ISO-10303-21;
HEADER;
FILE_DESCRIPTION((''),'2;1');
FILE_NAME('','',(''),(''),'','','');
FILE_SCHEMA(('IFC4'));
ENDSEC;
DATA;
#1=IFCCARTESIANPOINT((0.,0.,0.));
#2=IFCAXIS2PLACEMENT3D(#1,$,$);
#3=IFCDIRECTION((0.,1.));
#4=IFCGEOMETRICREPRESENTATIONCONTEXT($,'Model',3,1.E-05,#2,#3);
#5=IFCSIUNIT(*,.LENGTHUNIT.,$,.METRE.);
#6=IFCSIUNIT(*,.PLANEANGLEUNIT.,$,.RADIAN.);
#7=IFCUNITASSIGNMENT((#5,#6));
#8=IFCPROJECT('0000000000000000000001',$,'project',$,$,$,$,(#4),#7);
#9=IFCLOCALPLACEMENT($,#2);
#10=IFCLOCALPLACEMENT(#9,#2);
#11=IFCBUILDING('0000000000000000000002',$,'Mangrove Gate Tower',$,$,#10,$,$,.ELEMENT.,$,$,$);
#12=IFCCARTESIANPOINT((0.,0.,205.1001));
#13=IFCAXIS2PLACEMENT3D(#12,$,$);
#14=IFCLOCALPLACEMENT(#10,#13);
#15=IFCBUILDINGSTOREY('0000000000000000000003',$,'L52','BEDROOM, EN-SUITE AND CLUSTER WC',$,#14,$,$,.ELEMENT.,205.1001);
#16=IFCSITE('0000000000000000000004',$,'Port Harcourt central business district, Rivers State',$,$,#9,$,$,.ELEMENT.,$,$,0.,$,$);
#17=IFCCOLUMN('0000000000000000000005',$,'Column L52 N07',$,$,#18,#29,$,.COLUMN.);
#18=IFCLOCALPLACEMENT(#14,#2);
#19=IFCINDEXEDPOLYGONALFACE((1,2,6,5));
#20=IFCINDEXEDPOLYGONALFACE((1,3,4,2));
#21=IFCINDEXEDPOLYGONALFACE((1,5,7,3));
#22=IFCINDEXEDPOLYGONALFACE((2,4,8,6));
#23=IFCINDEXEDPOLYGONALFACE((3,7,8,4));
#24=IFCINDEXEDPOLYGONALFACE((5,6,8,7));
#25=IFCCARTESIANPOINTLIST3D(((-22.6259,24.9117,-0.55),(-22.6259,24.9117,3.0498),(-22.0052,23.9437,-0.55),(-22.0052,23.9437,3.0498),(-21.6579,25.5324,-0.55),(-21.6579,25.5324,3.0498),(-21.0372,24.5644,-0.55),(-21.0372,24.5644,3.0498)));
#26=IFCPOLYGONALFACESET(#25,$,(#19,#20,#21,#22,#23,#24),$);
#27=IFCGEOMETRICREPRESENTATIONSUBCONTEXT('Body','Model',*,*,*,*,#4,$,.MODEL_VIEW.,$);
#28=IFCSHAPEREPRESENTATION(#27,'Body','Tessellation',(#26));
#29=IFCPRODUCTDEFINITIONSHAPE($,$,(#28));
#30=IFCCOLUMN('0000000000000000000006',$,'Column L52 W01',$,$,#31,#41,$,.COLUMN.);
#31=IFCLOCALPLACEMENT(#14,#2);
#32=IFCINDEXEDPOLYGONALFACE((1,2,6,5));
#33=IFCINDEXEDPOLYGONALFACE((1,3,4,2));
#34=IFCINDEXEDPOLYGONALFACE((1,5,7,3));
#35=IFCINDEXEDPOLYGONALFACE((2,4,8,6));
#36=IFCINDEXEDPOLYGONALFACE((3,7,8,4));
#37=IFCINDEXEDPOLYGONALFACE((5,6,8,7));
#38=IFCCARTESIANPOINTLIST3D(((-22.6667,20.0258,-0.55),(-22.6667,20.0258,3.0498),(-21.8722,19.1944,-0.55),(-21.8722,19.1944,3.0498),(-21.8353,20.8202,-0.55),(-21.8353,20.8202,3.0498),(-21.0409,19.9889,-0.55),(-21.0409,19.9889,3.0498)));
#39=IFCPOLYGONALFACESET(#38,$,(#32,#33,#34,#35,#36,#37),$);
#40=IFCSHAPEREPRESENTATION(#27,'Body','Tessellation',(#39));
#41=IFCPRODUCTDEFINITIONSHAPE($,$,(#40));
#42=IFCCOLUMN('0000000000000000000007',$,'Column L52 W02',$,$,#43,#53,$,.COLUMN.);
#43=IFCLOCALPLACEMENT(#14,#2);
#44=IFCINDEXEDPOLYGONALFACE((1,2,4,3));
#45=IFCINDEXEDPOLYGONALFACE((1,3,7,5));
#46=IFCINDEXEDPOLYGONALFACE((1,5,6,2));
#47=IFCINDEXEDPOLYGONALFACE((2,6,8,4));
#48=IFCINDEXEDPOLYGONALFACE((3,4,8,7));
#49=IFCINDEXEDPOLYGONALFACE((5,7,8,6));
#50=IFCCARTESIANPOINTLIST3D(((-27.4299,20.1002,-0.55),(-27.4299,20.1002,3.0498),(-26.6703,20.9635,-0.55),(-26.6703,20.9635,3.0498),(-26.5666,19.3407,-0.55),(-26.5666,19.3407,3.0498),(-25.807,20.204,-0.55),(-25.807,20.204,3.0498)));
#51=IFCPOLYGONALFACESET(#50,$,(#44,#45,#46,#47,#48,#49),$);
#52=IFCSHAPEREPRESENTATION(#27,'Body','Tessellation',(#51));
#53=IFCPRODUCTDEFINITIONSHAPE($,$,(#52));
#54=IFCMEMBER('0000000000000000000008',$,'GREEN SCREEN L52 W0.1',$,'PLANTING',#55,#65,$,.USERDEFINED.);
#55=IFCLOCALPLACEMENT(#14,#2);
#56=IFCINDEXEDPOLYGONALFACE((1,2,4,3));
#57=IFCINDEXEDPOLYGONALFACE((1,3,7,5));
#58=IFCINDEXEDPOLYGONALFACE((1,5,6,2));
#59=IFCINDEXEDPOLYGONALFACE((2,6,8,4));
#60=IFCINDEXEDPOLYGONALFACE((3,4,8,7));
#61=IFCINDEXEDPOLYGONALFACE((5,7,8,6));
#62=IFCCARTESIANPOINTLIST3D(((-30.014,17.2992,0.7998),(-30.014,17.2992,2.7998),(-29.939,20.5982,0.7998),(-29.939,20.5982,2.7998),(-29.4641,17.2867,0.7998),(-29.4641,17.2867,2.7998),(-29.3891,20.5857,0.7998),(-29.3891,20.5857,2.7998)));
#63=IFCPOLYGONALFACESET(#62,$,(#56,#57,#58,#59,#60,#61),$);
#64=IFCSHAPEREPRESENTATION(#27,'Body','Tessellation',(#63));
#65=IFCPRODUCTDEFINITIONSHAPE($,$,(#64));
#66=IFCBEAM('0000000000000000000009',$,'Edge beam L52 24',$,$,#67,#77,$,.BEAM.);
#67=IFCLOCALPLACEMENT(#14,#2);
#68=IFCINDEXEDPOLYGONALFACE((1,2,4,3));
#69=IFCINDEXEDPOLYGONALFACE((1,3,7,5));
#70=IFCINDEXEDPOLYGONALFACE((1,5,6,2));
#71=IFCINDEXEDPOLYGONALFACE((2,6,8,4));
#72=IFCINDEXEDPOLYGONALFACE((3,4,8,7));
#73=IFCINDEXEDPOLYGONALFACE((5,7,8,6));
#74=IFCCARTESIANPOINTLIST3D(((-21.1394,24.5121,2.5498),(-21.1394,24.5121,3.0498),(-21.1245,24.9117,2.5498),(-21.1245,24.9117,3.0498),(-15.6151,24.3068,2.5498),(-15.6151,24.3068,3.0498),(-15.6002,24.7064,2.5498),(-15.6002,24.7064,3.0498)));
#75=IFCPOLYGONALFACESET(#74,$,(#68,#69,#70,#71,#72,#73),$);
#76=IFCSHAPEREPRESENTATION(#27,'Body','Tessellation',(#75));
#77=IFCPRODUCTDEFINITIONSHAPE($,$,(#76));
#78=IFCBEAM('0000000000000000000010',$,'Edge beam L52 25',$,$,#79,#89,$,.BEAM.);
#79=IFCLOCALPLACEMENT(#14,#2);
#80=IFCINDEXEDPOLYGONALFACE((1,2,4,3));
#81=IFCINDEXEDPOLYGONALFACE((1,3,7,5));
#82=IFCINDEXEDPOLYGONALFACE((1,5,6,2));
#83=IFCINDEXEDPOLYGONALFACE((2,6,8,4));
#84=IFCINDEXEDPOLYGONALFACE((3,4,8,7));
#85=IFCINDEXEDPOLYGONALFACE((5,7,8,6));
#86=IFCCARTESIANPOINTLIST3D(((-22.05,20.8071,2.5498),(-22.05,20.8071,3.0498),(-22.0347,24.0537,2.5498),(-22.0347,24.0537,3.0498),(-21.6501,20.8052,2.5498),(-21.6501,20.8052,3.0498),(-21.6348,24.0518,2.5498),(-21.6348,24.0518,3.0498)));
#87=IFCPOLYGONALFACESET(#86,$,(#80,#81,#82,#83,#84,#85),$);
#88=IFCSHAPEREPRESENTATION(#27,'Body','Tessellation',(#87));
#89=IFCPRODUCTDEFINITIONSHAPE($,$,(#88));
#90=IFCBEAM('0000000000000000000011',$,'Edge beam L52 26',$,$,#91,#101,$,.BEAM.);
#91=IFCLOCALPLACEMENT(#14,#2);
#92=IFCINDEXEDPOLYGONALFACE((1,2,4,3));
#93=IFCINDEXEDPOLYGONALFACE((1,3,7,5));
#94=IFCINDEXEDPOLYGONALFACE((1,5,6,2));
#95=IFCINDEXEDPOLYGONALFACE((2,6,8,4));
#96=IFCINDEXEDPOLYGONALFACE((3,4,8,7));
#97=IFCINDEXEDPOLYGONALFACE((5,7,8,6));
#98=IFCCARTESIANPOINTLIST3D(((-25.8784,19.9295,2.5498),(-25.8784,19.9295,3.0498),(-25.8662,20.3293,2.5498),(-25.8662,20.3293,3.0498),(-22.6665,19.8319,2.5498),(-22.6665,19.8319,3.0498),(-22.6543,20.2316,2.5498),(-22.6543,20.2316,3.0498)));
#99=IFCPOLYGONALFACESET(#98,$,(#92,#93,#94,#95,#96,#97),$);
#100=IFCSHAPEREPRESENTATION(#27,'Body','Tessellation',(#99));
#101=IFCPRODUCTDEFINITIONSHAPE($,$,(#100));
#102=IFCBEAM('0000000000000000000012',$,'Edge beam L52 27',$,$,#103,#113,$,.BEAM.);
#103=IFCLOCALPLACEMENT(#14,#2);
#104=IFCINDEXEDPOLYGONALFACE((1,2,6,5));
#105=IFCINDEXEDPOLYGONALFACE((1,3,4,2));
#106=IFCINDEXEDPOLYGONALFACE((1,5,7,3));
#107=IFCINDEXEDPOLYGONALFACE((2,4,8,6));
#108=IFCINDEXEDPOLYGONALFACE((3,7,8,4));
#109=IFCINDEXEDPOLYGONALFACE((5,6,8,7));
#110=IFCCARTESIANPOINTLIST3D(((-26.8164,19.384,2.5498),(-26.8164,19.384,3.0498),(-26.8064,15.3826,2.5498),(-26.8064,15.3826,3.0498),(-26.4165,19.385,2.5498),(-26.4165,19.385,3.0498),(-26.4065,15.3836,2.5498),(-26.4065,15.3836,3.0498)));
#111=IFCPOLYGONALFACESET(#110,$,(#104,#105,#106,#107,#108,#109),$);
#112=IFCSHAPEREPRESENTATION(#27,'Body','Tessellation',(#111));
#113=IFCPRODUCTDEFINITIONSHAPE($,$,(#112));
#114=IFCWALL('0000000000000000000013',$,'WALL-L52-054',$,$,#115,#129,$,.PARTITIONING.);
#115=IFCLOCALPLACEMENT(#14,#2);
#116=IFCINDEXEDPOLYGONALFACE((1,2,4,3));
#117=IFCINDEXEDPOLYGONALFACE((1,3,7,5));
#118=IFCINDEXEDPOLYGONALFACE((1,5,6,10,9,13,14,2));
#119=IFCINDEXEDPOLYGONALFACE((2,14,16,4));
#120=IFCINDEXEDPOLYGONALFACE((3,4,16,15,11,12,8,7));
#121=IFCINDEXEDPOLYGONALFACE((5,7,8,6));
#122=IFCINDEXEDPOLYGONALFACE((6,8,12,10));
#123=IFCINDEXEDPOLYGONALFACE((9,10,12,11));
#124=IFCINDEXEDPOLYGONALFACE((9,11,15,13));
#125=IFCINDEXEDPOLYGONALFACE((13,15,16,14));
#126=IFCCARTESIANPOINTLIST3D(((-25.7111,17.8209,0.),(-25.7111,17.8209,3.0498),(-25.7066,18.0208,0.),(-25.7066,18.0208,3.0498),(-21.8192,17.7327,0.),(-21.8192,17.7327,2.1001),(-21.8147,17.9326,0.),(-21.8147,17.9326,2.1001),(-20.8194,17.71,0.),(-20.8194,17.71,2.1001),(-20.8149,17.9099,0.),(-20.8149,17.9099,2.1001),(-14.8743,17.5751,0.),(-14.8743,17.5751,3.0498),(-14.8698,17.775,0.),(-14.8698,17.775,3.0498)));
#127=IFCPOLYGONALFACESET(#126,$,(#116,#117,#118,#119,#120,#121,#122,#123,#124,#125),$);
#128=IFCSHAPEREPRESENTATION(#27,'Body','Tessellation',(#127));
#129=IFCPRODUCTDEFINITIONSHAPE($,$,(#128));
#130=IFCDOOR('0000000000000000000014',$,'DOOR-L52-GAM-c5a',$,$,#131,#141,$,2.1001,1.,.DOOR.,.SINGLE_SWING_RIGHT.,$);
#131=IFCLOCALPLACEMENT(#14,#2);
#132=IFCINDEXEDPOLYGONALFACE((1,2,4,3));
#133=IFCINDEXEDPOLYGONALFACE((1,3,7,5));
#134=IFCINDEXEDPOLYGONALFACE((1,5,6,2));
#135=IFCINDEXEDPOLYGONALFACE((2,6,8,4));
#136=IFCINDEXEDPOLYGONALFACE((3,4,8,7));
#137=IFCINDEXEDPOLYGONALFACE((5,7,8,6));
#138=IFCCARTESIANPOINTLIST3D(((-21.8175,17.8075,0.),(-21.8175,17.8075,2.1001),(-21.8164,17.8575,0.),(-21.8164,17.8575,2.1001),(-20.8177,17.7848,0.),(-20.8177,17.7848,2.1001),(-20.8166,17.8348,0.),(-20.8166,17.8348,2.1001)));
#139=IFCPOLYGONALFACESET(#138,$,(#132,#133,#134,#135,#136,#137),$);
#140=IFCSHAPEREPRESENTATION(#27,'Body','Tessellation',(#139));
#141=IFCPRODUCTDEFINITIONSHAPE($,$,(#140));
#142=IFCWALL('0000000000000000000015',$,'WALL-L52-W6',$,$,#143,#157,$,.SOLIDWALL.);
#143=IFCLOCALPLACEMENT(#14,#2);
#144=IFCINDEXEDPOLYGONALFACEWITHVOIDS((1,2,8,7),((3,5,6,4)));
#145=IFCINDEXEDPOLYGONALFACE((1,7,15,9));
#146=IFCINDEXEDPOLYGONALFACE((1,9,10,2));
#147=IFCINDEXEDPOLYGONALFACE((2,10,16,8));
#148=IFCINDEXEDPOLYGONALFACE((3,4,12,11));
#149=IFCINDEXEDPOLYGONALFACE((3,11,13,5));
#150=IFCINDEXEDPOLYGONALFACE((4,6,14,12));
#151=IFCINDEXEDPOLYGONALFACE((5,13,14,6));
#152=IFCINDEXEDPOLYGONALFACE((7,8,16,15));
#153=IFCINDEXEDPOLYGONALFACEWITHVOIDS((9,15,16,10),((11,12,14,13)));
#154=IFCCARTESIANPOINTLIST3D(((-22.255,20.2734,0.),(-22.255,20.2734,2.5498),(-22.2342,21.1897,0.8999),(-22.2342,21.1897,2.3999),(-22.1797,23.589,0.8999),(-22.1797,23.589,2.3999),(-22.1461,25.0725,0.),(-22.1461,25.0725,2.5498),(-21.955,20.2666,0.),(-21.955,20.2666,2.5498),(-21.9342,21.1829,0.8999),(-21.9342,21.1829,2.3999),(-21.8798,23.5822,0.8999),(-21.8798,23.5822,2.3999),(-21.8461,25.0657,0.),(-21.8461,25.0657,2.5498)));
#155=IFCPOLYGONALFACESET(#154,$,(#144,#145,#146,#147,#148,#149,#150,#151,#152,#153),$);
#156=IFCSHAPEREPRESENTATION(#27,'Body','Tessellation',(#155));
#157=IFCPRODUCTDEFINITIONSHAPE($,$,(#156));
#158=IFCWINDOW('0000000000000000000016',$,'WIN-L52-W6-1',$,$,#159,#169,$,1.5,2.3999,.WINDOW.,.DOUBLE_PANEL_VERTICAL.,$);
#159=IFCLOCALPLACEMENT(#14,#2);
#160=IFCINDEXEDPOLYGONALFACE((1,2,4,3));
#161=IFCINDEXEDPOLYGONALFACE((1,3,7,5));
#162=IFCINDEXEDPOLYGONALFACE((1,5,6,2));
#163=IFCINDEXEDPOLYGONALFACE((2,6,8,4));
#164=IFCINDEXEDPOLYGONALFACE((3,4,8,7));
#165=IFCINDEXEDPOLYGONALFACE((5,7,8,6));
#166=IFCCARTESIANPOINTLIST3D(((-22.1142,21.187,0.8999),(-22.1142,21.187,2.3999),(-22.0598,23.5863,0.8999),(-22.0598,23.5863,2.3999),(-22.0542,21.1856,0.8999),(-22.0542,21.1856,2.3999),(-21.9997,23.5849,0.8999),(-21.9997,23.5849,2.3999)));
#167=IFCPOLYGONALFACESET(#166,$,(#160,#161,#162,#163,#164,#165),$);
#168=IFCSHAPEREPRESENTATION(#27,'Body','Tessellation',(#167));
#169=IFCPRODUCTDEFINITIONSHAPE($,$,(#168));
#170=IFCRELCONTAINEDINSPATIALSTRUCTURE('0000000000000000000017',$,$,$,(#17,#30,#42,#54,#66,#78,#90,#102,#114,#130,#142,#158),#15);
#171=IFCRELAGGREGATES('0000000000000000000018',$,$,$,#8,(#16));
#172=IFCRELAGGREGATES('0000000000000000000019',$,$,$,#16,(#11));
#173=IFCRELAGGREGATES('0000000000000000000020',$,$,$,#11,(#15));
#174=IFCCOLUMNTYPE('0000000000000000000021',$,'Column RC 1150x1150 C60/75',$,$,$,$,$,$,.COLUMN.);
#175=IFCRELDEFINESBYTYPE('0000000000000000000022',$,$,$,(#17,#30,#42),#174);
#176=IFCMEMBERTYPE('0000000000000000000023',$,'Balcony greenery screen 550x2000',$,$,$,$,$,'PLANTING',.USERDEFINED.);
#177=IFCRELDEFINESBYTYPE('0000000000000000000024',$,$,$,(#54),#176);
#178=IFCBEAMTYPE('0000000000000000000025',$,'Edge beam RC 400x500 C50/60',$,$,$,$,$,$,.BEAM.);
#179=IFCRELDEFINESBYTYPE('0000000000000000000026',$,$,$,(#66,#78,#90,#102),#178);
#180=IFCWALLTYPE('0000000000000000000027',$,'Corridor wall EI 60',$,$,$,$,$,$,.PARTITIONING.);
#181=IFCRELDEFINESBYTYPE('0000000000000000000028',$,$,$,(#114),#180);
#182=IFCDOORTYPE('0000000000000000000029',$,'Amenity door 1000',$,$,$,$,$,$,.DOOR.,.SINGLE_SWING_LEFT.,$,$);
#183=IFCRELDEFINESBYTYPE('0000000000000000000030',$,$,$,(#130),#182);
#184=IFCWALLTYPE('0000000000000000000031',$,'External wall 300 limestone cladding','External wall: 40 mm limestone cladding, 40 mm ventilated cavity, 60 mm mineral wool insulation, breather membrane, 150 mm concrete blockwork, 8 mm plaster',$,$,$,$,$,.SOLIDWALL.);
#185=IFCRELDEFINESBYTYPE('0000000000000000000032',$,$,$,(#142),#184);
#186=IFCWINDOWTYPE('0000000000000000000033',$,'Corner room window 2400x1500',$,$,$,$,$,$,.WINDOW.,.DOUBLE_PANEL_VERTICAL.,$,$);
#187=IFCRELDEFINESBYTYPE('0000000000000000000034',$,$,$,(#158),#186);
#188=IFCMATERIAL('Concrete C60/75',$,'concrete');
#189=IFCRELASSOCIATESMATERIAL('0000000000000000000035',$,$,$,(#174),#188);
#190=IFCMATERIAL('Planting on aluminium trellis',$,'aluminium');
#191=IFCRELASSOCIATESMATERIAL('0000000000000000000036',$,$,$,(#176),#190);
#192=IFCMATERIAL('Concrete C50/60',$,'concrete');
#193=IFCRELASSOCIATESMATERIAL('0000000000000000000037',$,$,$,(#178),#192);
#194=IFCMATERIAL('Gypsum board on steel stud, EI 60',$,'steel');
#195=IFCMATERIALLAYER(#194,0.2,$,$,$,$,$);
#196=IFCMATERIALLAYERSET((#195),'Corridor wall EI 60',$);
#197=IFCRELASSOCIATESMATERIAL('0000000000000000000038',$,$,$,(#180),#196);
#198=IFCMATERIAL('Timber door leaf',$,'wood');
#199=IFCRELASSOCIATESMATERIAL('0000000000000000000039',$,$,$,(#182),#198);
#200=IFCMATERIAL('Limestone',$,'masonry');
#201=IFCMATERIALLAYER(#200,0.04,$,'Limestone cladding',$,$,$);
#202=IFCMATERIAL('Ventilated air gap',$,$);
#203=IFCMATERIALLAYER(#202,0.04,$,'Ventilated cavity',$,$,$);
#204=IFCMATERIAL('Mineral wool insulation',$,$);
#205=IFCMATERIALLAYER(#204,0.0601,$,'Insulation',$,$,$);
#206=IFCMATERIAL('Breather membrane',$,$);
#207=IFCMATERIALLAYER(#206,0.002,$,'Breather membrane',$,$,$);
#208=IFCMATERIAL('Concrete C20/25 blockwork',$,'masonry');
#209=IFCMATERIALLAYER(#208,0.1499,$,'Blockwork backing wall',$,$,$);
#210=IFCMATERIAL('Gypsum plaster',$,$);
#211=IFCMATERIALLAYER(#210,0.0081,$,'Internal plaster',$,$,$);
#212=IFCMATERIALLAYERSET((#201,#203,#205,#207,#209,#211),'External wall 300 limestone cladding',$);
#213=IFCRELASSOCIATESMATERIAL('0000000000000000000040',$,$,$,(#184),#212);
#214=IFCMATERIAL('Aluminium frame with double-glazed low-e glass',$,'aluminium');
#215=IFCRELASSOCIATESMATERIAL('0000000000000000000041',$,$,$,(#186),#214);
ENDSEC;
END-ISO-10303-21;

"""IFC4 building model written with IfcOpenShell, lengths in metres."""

from ifc_helpers import new_model, si_unit, direction, frame, frame_2d, origin, origin_2d, place, context, subcontext, project, spatial, rectangle, extrude, material, layer, layer_set, material_profile, profile_set, type_object, element, fill, save


model = new_model("IFC4")

# Units and contexts
model_context = context("Model", 3, precision=1e-05, world=origin(), true_north=direction((0.0, 1.0)))
body_context = subcontext(model_context, "Body", "Model", "MODEL_VIEW")
ifc_project = project(units=[si_unit("LENGTHUNIT", "METRE"), si_unit("PLANEANGLEUNIT", "RADIAN")], contexts=[model_context])

# Site, building, storey
site_placement = place(None, origin())
site = spatial("IfcSite", under=ifc_project, at=site_placement, Name="Port Harcourt central business district, Rivers State", CompositionType="ELEMENT", RefElevation=0.0)
building_placement = place(site_placement, origin())
building = spatial("IfcBuilding", under=site, at=building_placement, Name="Mangrove Gate Tower", CompositionType="ELEMENT")
storey_placement = place(building_placement, frame((0.0, 0.0, 205.1001)))
storey = spatial("IfcBuildingStorey", under=building, at=storey_placement, Name="L52", Description="BEDROOM, EN-SUITE AND CLUSTER WC", CompositionType="ELEMENT", Elevation=205.1001)

# Columns
ifc_material_1 = material(Name="Concrete C60/75", Category="concrete")
ifc_material_profile_1 = material_profile(ifc_material_1, rectangle(XDim=1.1499, YDim=1.1499, at=origin_2d()))
ifc_profile_set_1 = profile_set([ifc_material_profile_1], Name="Concrete C60/75")
column_type = type_object("IfcColumnType", Name="Column RC 1150x1150 C60/75", PredefinedType="COLUMN", material=ifc_profile_set_1)
for number, where, z_axis, x_axis, name in (
    (1, (-21.8315, 24.738, -0.55), (0.0, 0.0, 1.0), (-0.841787, -0.53981, 0.0), "Column L52 N07"),
    (2, (-21.8538, 20.0073, -0.55), (0.0, 0.0, 1.0), (-0.722981, -0.690868, 0.0), "Column L52 W01"),
    (3, (-26.6184, 20.1521, -0.55), (0.0, 0.0, 1.0), (-0.66057, -0.750764, 0.0), "Column L52 W02"),
):
    element("IfcColumn", number, at=place(storey_placement, frame(where, z_axis=z_axis, x_axis=x_axis)), inside=storey, type_object=column_type, Name=name, PredefinedType="COLUMN", context=body_context, shape_type="SweptSolid", body=[
        extrude(rectangle(XDim=1.1499, YDim=1.1499, at=origin_2d()), origin(), (0.0, 0.0, 1.0), 3.5999),
    ])

# Member
ifc_material_2 = material(Name="Planting on aluminium trellis", Category="aluminium")
ifc_material_profile_2 = material_profile(ifc_material_2, rectangle(XDim=0.55, YDim=2.0, at=origin_2d()))
ifc_profile_set_2 = profile_set([ifc_material_profile_2], Name="Planting on aluminium trellis")
member_type = type_object("IfcMemberType", Name="Balcony greenery screen 550x2000", ElementType="PLANTING", PredefinedType="USERDEFINED", material=ifc_profile_set_2)
member_placement = place(storey_placement, frame((-29.739, 17.293, 1.7998), z_axis=(0.022713, 0.999742, 0.0), x_axis=(-0.999742, 0.022713, 0.0)))
element("IfcMember", 4, at=member_placement, inside=storey, type_object=member_type, Name="GREEN SCREEN L52 W0.1", ObjectType="PLANTING", PredefinedType="USERDEFINED", context=body_context, shape_type="SweptSolid", body=[
    extrude(rectangle(XDim=0.55, YDim=2.0, at=origin_2d()), origin(), (0.0, 0.0, 1.0), 3.2998),
])

# Beams
ifc_material_3 = material(Name="Concrete C50/60", Category="concrete")
ifc_material_profile_3 = material_profile(ifc_material_3, rectangle(XDim=0.3999, YDim=0.5, at=origin_2d()))
ifc_profile_set_3 = profile_set([ifc_material_profile_3], Name="Concrete C50/60")
beam_type = type_object("IfcBeamType", Name="Edge beam RC 400x500 C50/60", PredefinedType="BEAM", material=ifc_profile_set_3)
beam_1_placement = place(storey_placement, frame((-15.6077, 24.5066, 2.7998), z_axis=(-0.99931, 0.037142, 0.0), x_axis=(-0.037142, -0.99931, 0.0)))
element("IfcBeam", 5, at=beam_1_placement, inside=storey, type_object=beam_type, Name="Edge beam L52 24", PredefinedType="BEAM", context=body_context, shape_type="SweptSolid", body=[
    extrude(rectangle(XDim=0.3999, YDim=0.5, at=origin_2d()), origin(), (0.0, 0.0, 1.0), 5.5281),
])
beam_2_placement = place(storey_placement, frame((-21.8347, 24.0527, 2.7998), z_axis=(-0.004738, -0.999989, 0.0), x_axis=(0.999989, -0.004738, 0.0)))
element("IfcBeam", 6, at=beam_2_placement, inside=storey, type_object=beam_type, Name="Edge beam L52 25", PredefinedType="BEAM", context=body_context, shape_type="SweptSolid", body=[
    extrude(rectangle(XDim=0.3999, YDim=0.5, at=origin_2d()), origin(), (0.0, 0.0, 1.0), 3.2466),
])
beam_3_placement = place(storey_placement, frame((-22.6604, 20.0317, 2.7998), z_axis=(-0.999538, 0.03039, 0.0), x_axis=(-0.03039, -0.999538, 0.0)))
element("IfcBeam", 7, at=beam_3_placement, inside=storey, type_object=beam_type, Name="Edge beam L52 26", PredefinedType="BEAM", context=body_context, shape_type="SweptSolid", body=[
    extrude(rectangle(XDim=0.3999, YDim=0.5, at=origin_2d()), origin(), (0.0, 0.0, 1.0), 3.2134),
])
beam_4_placement = place(storey_placement, frame((-26.6165, 19.3845, 2.7998), z_axis=(0.002502, -0.999997, 0.0), x_axis=(0.999997, 0.002502, 0.0)))
element("IfcBeam", 8, at=beam_4_placement, inside=storey, type_object=beam_type, Name="Edge beam L52 27", PredefinedType="BEAM", context=body_context, shape_type="SweptSolid", body=[
    extrude(rectangle(XDim=0.3999, YDim=0.5, at=origin_2d()), origin(), (0.0, 0.0, 1.0), 4.0015),
])

# Wall, opening, door
ifc_material_4 = material(Name="Gypsum board on steel stud, EI 60", Category="steel")
ifc_layer_1 = layer(ifc_material_4, 0.2)
ifc_layer_set_1 = layer_set([ifc_layer_1], Name="Corridor wall EI 60")
wall_type_1 = type_object("IfcWallType", Name="Corridor wall EI 60", PredefinedType="PARTITIONING", material=ifc_layer_set_1)
wall_1_placement = place(storey_placement, frame((-25.709, 17.9209, 0.0), z_axis=(0.0, 0.0, 1.0), x_axis=(0.999743, -0.02268, 0.0)))
wall_1 = element("IfcWall", 9, at=wall_1_placement, inside=storey, type_object=wall_type_1, Name="WALL-L52-054", PredefinedType="PARTITIONING", context=body_context, shape_type="SweptSolid", body=[
    extrude(rectangle(XDim=10.8396, YDim=0.2, at=frame_2d((5.4199, 0.0))), origin(), (0.0, 0.0, 1.0), 3.0498),
])
opening_1_placement = place(wall_1_placement, frame((3.8931, 0.0, 0.0)))
opening_1 = element("IfcOpeningElement", 10, at=opening_1_placement, cuts=wall_1, PredefinedType="OPENING", context=body_context, shape_type="SweptSolid", body=[
    extrude(rectangle(XDim=1.0, YDim=2.1001, at=frame_2d((0.5, 1.05))), frame((0.0, 0.1099, 0.0), z_axis=(0.0, -1.0, 0.0), x_axis=(1.0, 0.0, 0.0)), (0.0, 0.0, 1.0), 0.22),
])
ifc_material_5 = material(Name="Timber door leaf", Category="wood")
door_type_1 = type_object("IfcDoorType", Name="Amenity door 1000", OperationType="SINGLE_SWING_LEFT", PredefinedType="DOOR", material=ifc_material_5)
door_1_placement = place(opening_1_placement, origin())
door_1 = element("IfcDoor", 11, at=door_1_placement, inside=storey, type_object=door_type_1, Name="DOOR-L52-GAM-c5a", OperationType="SINGLE_SWING_RIGHT", OverallHeight=2.1001, OverallWidth=1.0, PredefinedType="DOOR", context=body_context, shape_type="SweptSolid", body=[
    extrude(rectangle(XDim=1.0, YDim=2.1001, at=frame_2d((0.5, 1.05))), frame((0.0, 0.0249, 0.0), z_axis=(0.0, -1.0, 0.0), x_axis=(1.0, 0.0, 0.0)), (0.0, 0.0, 1.0), 0.05),
])
fill(opening_1, door_1)

# Wall, opening, window
ifc_material_6 = material(Name="Limestone", Category="masonry")
ifc_layer_2 = layer(ifc_material_6, 0.04, Name="Limestone cladding")
ifc_material_7 = material(Name="Ventilated air gap")
ifc_layer_3 = layer(ifc_material_7, 0.04, Name="Ventilated cavity")
ifc_material_8 = material(Name="Mineral wool insulation")
ifc_layer_4 = layer(ifc_material_8, 0.0601, Name="Insulation")
ifc_material_9 = material(Name="Breather membrane")
ifc_layer_5 = layer(ifc_material_9, 0.002, Name="Breather membrane")
ifc_material_10 = material(Name="Concrete C20/25 blockwork", Category="masonry")
ifc_layer_6 = layer(ifc_material_10, 0.1499, Name="Blockwork backing wall")
ifc_material_11 = material(Name="Gypsum plaster")
ifc_layer_7 = layer(ifc_material_11, 0.0081, Name="Internal plaster")
ifc_layer_set_2 = layer_set([ifc_layer_2, ifc_layer_3, ifc_layer_4, ifc_layer_5, ifc_layer_6, ifc_layer_7], Name="External wall 300 limestone cladding")
wall_type_2 = type_object("IfcWallType", Name="External wall 300 limestone cladding", Description="External wall: 40 mm limestone cladding, 40 mm ventilated cavity, 60 mm mineral wool insulation, breather membrane, 150 mm concrete blockwork, 8 mm plaster", PredefinedType="SOLIDWALL", material=ifc_layer_set_2)
wall_2_placement = place(storey_placement, frame((-21.9961, 25.0691, 0.0), z_axis=(0.0, 0.0, 1.0), x_axis=(-0.022683, -0.999743, 0.0)))
wall_2 = element("IfcWall", 12, at=wall_2_placement, inside=storey, type_object=wall_type_2, Name="WALL-L52-W6", PredefinedType="SOLIDWALL", context=body_context, shape_type="SweptSolid", body=[
    extrude(rectangle(XDim=4.8003, YDim=0.3, at=frame_2d((2.4001, 0.0))), origin(), (0.0, 0.0, 1.0), 2.5498),
])
opening_2_placement = place(wall_2_placement, frame((1.4839, 0.0, 0.8999)))
opening_2 = element("IfcOpeningElement", 13, at=opening_2_placement, cuts=wall_2, PredefinedType="OPENING", context=body_context, shape_type="SweptSolid", body=[
    extrude(rectangle(XDim=2.3999, YDim=1.5, at=frame_2d((1.2, 0.75))), frame((0.0, 0.1599, 0.0), z_axis=(0.0, -1.0, 0.0), x_axis=(1.0, 0.0, 0.0)), (0.0, 0.0, 1.0), 0.3201),
])
ifc_material_12 = material(Name="Aluminium frame with double-glazed low-e glass", Category="aluminium")
window_type = type_object("IfcWindowType", Name="Corner room window 2400x1500", PartitioningType="DOUBLE_PANEL_VERTICAL", PredefinedType="WINDOW", material=ifc_material_12)
window_1_placement = place(opening_2_placement, origin())
window_1 = element("IfcWindow", 14, at=window_1_placement, inside=storey, type_object=window_type, Name="WIN-L52-W6-1", OverallHeight=1.5, OverallWidth=2.3999, PartitioningType="DOUBLE_PANEL_VERTICAL", PredefinedType="WINDOW", context=body_context, shape_type="SweptSolid", body=[
    extrude(rectangle(XDim=2.3999, YDim=1.5, at=frame_2d((1.2, 0.75))), frame((0.0, 0.03, 0.0), z_axis=(0.0, -1.0, 0.0), x_axis=(1.0, 0.0, 0.0)), (0.0, 0.0, 1.0), 0.0601),
])
fill(opening_2, window_1)

save(model, "model.ifc")
